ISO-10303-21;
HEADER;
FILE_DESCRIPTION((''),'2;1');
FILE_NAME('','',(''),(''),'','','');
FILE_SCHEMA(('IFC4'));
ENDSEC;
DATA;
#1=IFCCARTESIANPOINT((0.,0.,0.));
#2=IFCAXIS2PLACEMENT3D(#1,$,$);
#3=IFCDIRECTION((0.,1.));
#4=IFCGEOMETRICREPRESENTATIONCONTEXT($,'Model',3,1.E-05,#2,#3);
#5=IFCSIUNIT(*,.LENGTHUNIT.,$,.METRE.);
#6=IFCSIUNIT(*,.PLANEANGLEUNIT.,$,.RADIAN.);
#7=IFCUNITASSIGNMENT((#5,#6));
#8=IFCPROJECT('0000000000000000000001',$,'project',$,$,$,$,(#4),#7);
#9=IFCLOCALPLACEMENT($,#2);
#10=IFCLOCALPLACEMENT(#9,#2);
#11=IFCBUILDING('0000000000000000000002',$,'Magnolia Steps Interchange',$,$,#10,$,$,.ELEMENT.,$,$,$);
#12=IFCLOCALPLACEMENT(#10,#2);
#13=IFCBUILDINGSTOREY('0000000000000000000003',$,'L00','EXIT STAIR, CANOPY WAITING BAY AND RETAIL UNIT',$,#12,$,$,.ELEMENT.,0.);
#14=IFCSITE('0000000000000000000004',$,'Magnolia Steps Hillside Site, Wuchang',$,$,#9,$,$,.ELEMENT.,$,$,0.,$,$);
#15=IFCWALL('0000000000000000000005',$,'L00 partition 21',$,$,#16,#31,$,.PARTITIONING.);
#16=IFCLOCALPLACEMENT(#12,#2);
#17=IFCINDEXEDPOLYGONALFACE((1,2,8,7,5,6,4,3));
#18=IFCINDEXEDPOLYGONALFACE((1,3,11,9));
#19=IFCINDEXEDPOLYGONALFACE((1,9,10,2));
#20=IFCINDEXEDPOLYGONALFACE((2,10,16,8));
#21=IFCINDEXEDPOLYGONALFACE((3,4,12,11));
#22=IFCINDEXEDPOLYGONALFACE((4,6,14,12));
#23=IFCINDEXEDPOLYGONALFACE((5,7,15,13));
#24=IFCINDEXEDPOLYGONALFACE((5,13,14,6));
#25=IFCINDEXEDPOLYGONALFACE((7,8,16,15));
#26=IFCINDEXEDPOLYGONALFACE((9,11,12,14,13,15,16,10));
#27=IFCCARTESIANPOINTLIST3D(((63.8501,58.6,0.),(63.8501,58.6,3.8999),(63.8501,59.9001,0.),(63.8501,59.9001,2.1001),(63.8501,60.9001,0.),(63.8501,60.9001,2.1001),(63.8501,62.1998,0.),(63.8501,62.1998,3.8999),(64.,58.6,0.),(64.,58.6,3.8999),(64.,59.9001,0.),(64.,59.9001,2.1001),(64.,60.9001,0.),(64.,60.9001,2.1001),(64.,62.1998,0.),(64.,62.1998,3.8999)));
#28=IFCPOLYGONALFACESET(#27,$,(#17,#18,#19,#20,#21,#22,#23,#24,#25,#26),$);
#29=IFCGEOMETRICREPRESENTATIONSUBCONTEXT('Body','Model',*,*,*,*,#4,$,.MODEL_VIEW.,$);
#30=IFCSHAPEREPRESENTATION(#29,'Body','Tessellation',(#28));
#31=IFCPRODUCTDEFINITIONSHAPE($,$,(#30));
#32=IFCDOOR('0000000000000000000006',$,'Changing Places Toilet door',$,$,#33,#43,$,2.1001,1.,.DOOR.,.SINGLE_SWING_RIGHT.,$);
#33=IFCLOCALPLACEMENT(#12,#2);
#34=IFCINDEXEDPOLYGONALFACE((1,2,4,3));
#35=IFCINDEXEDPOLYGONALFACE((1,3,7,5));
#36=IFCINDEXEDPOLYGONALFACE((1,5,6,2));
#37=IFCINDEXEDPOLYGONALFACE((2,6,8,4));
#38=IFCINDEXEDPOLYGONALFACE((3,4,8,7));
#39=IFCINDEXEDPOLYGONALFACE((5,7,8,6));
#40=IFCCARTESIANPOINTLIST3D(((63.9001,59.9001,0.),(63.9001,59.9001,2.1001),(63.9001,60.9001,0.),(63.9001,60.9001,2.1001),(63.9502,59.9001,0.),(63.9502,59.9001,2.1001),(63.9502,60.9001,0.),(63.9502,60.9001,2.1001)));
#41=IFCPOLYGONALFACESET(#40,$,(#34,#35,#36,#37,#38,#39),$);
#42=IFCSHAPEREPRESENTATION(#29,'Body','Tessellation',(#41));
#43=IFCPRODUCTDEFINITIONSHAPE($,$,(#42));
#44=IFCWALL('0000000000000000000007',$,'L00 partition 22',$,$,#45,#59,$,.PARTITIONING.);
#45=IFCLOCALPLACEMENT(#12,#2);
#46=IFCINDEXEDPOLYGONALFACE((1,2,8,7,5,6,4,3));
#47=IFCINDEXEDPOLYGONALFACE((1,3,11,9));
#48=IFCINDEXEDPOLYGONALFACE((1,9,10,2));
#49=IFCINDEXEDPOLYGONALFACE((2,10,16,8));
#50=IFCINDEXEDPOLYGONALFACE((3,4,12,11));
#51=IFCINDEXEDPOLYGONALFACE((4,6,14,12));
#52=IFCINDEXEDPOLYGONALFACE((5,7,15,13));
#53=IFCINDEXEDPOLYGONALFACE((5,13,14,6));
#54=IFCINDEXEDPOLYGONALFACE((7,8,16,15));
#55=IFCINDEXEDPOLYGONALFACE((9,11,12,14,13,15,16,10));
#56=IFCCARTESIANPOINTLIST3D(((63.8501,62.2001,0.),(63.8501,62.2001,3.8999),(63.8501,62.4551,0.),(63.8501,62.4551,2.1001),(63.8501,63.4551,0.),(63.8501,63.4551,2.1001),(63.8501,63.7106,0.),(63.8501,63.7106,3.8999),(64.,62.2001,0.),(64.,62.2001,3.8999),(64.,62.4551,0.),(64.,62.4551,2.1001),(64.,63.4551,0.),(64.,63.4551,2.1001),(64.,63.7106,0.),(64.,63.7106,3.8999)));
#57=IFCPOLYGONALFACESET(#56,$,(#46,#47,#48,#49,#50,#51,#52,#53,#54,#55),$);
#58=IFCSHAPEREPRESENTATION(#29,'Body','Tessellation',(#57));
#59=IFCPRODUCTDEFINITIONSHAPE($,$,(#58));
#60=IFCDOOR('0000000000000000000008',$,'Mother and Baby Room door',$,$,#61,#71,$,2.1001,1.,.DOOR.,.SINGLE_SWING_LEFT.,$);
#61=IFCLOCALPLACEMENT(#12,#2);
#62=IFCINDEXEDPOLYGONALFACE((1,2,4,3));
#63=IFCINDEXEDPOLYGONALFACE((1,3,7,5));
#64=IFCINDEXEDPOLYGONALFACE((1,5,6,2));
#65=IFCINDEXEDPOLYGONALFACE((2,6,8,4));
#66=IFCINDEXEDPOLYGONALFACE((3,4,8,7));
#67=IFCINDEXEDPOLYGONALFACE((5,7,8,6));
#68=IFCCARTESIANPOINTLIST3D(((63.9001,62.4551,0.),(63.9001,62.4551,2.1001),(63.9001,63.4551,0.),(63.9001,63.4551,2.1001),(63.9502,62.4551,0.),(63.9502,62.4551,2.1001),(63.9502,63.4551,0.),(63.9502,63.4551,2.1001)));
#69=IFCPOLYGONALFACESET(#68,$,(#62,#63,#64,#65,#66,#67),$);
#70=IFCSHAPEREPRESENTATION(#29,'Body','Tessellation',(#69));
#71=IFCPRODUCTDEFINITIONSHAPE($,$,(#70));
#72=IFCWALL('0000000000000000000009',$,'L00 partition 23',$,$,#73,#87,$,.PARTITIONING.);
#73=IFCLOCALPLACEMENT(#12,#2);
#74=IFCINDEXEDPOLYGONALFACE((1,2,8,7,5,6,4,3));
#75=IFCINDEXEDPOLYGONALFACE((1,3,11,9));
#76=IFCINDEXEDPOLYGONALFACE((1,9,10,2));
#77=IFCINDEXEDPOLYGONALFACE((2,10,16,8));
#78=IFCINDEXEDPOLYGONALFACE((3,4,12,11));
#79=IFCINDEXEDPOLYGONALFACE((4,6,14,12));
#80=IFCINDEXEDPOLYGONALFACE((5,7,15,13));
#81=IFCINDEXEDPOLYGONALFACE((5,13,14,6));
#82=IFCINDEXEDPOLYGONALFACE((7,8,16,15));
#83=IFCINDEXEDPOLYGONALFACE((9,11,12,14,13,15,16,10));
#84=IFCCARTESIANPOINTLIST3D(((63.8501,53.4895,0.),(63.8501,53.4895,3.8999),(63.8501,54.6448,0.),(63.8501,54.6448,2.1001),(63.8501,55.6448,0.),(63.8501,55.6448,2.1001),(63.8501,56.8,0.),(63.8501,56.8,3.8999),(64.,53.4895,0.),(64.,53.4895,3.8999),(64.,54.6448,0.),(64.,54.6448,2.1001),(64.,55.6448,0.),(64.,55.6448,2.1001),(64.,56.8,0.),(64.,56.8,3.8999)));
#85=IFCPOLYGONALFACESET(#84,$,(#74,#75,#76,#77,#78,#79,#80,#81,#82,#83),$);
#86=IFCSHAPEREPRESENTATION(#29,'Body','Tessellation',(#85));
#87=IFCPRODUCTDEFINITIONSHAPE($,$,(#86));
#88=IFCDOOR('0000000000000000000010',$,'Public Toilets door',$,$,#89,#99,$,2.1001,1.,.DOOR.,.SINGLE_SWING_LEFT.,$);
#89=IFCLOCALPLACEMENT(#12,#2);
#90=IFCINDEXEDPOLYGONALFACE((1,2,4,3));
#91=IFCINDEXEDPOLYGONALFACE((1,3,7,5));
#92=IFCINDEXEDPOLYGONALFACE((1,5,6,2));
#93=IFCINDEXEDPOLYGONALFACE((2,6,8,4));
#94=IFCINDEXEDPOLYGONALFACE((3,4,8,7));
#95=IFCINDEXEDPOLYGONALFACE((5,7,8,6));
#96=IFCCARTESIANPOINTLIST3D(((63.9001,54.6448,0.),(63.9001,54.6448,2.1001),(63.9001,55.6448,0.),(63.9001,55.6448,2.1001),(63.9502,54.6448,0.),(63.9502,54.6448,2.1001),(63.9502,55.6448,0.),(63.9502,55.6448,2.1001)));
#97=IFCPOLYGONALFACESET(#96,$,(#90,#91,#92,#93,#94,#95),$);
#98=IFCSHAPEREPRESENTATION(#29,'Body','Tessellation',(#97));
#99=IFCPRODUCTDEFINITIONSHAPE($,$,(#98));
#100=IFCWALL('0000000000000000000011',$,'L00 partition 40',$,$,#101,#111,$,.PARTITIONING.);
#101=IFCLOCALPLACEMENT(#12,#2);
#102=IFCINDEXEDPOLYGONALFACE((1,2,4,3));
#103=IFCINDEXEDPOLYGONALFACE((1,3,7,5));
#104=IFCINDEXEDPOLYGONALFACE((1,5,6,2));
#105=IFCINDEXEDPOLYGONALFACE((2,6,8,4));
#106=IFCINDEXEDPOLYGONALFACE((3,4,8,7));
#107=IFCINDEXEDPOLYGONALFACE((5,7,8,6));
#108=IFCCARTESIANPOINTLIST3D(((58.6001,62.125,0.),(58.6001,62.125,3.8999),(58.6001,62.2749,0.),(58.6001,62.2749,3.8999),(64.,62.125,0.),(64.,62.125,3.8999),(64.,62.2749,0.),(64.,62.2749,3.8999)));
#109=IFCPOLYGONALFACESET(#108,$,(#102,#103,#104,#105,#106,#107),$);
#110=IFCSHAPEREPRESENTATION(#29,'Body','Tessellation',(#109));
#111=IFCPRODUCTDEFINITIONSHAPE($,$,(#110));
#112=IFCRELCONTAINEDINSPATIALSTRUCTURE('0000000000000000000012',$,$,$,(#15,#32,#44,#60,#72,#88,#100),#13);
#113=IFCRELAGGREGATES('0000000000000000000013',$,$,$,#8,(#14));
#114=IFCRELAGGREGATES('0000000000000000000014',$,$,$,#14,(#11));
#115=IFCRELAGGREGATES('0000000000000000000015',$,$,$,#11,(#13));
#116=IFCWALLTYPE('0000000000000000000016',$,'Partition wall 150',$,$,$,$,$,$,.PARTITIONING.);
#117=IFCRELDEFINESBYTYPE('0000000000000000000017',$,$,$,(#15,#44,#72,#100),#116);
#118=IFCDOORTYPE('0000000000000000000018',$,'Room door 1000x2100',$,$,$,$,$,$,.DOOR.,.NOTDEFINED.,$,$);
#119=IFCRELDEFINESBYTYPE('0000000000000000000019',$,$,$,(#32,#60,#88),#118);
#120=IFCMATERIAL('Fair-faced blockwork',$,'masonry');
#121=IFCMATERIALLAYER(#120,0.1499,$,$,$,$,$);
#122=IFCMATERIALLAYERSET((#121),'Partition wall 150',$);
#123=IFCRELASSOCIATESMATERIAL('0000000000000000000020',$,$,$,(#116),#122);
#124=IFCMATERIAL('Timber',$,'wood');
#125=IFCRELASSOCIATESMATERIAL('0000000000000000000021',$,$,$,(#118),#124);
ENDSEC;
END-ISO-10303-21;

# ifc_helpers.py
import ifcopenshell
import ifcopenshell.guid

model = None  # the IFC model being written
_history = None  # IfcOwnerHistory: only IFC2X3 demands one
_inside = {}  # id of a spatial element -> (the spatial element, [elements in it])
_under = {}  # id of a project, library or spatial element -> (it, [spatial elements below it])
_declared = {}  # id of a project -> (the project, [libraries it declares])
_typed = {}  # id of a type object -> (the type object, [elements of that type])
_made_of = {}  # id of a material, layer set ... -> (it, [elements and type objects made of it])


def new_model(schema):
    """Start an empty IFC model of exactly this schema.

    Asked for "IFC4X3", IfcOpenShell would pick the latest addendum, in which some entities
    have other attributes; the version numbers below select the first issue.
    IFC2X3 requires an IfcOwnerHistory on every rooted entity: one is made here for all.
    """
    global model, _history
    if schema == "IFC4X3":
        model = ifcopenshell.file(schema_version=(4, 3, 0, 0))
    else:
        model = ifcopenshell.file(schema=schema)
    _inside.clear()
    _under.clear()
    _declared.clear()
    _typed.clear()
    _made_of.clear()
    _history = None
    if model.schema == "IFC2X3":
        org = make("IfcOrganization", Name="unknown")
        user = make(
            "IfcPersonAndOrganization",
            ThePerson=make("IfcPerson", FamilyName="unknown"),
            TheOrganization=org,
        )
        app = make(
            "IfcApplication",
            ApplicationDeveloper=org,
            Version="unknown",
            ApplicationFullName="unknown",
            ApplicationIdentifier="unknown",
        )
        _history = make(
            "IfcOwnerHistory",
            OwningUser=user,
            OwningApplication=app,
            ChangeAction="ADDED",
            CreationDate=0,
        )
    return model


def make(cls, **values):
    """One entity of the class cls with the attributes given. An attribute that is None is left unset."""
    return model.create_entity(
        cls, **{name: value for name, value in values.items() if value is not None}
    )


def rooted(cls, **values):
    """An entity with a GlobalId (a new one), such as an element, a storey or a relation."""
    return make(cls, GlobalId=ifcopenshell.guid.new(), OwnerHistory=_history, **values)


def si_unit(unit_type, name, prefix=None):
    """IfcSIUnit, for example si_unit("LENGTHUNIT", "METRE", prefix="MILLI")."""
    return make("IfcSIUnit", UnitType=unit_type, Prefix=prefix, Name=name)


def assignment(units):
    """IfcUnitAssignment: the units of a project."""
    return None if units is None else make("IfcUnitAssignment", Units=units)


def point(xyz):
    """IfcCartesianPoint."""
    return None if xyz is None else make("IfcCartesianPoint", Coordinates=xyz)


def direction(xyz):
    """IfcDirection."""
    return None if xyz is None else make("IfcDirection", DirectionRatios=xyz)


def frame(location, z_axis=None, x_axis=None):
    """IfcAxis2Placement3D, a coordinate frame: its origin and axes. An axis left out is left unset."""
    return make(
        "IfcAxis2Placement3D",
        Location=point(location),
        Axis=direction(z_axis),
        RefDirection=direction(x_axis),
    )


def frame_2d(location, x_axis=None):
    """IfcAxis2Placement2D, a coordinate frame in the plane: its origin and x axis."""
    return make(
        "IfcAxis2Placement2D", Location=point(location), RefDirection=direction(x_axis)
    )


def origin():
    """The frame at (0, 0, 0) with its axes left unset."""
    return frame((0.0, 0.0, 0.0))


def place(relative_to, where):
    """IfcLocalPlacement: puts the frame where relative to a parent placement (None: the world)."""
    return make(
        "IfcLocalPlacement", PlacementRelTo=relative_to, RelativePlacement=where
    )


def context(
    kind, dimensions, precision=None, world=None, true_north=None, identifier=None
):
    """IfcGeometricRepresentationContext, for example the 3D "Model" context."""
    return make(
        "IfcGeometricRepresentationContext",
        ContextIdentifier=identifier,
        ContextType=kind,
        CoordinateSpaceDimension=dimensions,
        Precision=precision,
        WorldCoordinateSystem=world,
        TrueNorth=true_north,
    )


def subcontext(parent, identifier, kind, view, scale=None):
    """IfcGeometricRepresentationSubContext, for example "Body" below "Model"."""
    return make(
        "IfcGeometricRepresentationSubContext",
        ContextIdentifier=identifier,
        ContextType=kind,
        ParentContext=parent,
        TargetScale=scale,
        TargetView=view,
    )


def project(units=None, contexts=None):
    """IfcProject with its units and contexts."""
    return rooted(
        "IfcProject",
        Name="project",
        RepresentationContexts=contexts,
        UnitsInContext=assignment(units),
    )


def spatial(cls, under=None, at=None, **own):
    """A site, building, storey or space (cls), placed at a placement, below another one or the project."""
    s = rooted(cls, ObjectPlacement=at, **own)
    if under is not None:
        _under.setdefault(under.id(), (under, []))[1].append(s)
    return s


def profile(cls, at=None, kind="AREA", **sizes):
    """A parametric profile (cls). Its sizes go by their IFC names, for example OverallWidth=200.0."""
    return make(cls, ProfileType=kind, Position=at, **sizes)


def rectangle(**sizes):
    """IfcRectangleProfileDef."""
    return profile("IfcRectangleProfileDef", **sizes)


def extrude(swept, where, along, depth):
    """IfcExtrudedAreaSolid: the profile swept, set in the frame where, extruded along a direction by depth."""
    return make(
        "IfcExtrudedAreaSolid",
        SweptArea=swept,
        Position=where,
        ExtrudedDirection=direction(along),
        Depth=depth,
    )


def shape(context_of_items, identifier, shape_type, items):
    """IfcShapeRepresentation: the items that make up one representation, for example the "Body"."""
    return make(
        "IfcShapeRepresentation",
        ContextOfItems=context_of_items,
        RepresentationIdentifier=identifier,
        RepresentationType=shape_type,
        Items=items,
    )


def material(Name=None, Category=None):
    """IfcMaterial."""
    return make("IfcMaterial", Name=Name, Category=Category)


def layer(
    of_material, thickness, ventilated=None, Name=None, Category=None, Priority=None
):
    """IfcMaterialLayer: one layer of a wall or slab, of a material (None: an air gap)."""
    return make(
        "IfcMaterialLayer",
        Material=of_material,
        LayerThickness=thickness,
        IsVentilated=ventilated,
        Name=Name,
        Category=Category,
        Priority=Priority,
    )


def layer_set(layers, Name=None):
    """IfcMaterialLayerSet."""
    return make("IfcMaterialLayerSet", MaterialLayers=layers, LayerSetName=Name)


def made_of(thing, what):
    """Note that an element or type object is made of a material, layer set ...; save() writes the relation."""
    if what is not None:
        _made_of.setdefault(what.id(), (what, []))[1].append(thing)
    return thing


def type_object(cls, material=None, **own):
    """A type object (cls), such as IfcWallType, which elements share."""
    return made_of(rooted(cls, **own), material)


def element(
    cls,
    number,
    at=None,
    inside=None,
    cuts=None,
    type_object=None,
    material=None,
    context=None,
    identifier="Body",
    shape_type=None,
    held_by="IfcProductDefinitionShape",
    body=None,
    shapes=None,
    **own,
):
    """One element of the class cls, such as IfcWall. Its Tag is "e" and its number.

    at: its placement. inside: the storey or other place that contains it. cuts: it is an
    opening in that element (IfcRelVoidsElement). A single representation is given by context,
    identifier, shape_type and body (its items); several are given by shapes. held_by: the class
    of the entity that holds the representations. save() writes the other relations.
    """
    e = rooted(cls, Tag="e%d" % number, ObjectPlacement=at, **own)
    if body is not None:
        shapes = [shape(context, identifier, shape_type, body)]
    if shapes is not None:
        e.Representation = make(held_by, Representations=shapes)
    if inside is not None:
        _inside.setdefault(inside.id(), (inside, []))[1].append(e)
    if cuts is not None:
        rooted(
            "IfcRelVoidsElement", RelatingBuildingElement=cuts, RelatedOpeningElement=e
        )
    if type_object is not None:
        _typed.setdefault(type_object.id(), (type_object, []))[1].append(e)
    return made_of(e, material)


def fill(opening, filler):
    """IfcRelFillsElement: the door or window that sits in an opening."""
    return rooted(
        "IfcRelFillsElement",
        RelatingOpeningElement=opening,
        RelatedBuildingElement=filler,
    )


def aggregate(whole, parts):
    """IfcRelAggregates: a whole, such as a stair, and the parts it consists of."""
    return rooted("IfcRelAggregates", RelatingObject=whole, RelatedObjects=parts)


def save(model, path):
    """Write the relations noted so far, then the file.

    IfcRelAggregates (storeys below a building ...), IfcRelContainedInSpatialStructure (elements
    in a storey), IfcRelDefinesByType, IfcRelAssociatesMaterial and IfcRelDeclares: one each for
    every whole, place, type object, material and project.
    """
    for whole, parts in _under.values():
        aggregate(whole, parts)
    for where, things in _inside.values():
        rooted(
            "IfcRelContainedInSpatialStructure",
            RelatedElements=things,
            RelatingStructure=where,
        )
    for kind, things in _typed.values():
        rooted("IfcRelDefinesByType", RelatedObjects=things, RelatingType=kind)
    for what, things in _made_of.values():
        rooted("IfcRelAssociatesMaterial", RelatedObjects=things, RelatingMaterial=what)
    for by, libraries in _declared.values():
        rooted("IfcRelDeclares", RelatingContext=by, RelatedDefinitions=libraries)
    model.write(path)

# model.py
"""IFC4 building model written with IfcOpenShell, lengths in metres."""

from ifc_helpers import new_model, si_unit, direction, frame, frame_2d, origin, place, context, subcontext, project, spatial, rectangle, extrude, material, layer, layer_set, type_object, element, fill, save


model = new_model("IFC4")

# Units and contexts
model_context = context("Model", 3, precision=1e-05, world=origin(), true_north=direction((0.0, 1.0)))
body_context = subcontext(model_context, "Body", "Model", "MODEL_VIEW")
ifc_project = project(units=[si_unit("LENGTHUNIT", "METRE"), si_unit("PLANEANGLEUNIT", "RADIAN")], contexts=[model_context])

# Site, building, storey
site_placement = place(None, origin())
site = spatial("IfcSite", under=ifc_project, at=site_placement, Name="Magnolia Steps Hillside Site, Wuchang", CompositionType="ELEMENT", RefElevation=0.0)
building_placement = place(site_placement, origin())
building = spatial("IfcBuilding", under=site, at=building_placement, Name="Magnolia Steps Interchange", CompositionType="ELEMENT")
storey_placement = place(building_placement, origin())
storey = spatial("IfcBuildingStorey", under=building, at=storey_placement, Name="L00", Description="EXIT STAIR, CANOPY WAITING BAY AND RETAIL UNIT", CompositionType="ELEMENT", Elevation=0.0)

# Shared definitions
ifc_material_1 = material(Name="Fair-faced blockwork", Category="masonry")
ifc_layer_1 = layer(ifc_material_1, 0.1499)
ifc_layer_set_1 = layer_set([ifc_layer_1], Name="Partition wall 150")
wall_type_1 = type_object("IfcWallType", Name="Partition wall 150", PredefinedType="PARTITIONING", material=ifc_layer_set_1)

# Walls, openings, doors
wall_1_placement = place(storey_placement, frame((63.925, 58.6001, 0.0), z_axis=(0.0, 0.0, 1.0), x_axis=(0.0, 1.0, 0.0)))
wall_1 = element("IfcWall", 1, at=wall_1_placement, inside=storey, type_object=wall_type_1, Name="L00 partition 21", PredefinedType="PARTITIONING", context=body_context, shape_type="SweptSolid", body=[
    extrude(rectangle(XDim=3.5999, YDim=0.1499, at=frame_2d((1.7998, 0.0))), origin(), (0.0, 0.0, 1.0), 3.8999),
])
opening_1_placement = place(wall_1_placement, frame((1.3, 0.0, 0.0)))
opening_1 = element("IfcOpeningElement", 2, at=opening_1_placement, cuts=wall_1, PredefinedType="OPENING", context=body_context, shape_type="SweptSolid", body=[
    extrude(rectangle(XDim=1.0, YDim=2.1001, at=frame_2d((0.5, 1.05))), frame((0.0, 0.085, 0.0), z_axis=(0.0, -1.0, 0.0), x_axis=(1.0, 0.0, 0.0)), (0.0, 0.0, 1.0), 0.1699),
])
ifc_material_2 = material(Name="Timber", Category="wood")
door_type = type_object("IfcDoorType", Name="Room door 1000x2100", OperationType="NOTDEFINED", PredefinedType="DOOR", material=ifc_material_2)
door_1_placement = place(opening_1_placement, origin())
door_1 = element("IfcDoor", 3, at=door_1_placement, inside=storey, type_object=door_type, Name="Changing Places Toilet door", OperationType="SINGLE_SWING_RIGHT", OverallHeight=2.1001, OverallWidth=1.0, PredefinedType="DOOR", context=body_context, shape_type="SweptSolid", body=[
    extrude(rectangle(XDim=1.0, YDim=2.1001, at=frame_2d((0.5, 1.05))), frame((0.0, 0.0249, 0.0), z_axis=(0.0, -1.0, 0.0), x_axis=(1.0, 0.0, 0.0)), (0.0, 0.0, 1.0), 0.05),
])
fill(opening_1, door_1)
wall_2_placement = place(storey_placement, frame((63.925, 62.2, 0.0), z_axis=(0.0, 0.0, 1.0), x_axis=(0.0, 1.0, 0.0)))
wall_2 = element("IfcWall", 4, at=wall_2_placement, inside=storey, type_object=wall_type_1, Name="L00 partition 22", PredefinedType="PARTITIONING", context=body_context, shape_type="SweptSolid", body=[
    extrude(rectangle(XDim=1.5105, YDim=0.1499, at=frame_2d((0.7554, 0.0))), origin(), (0.0, 0.0, 1.0), 3.8999),
])
opening_2_placement = place(wall_2_placement, frame((0.2551, 0.0, 0.0)))
opening_2 = element("IfcOpeningElement", 5, at=opening_2_placement, cuts=wall_2, PredefinedType="OPENING", context=body_context, shape_type="SweptSolid", body=[
    extrude(rectangle(XDim=1.0, YDim=2.1001, at=frame_2d((0.5, 1.05))), frame((0.0, 0.085, 0.0), z_axis=(0.0, -1.0, 0.0), x_axis=(1.0, 0.0, 0.0)), (0.0, 0.0, 1.0), 0.1699),
])
door_2_placement = place(opening_2_placement, origin())
door_2 = element("IfcDoor", 6, at=door_2_placement, inside=storey, type_object=door_type, Name="Mother and Baby Room door", OperationType="SINGLE_SWING_LEFT", OverallHeight=2.1001, OverallWidth=1.0, PredefinedType="DOOR", context=body_context, shape_type="SweptSolid", body=[
    extrude(rectangle(XDim=1.0, YDim=2.1001, at=frame_2d((0.5, 1.05))), frame((0.0, 0.0249, 0.0), z_axis=(0.0, -1.0, 0.0), x_axis=(1.0, 0.0, 0.0)), (0.0, 0.0, 1.0), 0.05),
])
fill(opening_2, door_2)
wall_3_placement = place(storey_placement, frame((63.925, 53.4895, 0.0), z_axis=(0.0, 0.0, 1.0), x_axis=(0.0, 1.0, 0.0)))
wall_3 = element("IfcWall", 7, at=wall_3_placement, inside=storey, type_object=wall_type_1, Name="L00 partition 23", PredefinedType="PARTITIONING", context=body_context, shape_type="SweptSolid", body=[
    extrude(rectangle(XDim=3.3105, YDim=0.1499, at=frame_2d((1.6553, 0.0))), origin(), (0.0, 0.0, 1.0), 3.8999),
])
opening_3_placement = place(wall_3_placement, frame((1.1553, 0.0, 0.0)))
opening_3 = element("IfcOpeningElement", 8, at=opening_3_placement, cuts=wall_3, PredefinedType="OPENING", context=body_context, shape_type="SweptSolid", body=[
    extrude(rectangle(XDim=1.0, YDim=2.1001, at=frame_2d((0.5, 1.05))), frame((0.0, 0.085, 0.0), z_axis=(0.0, -1.0, 0.0), x_axis=(1.0, 0.0, 0.0)), (0.0, 0.0, 1.0), 0.1699),
])
door_3_placement = place(opening_3_placement, origin())
door_3 = element("IfcDoor", 9, at=door_3_placement, inside=storey, type_object=door_type, Name="Public Toilets door", OperationType="SINGLE_SWING_LEFT", OverallHeight=2.1001, OverallWidth=1.0, PredefinedType="DOOR", context=body_context, shape_type="SweptSolid", body=[
    extrude(rectangle(XDim=1.0, YDim=2.1001, at=frame_2d((0.5, 1.05))), frame((0.0, 0.0249, 0.0), z_axis=(0.0, -1.0, 0.0), x_axis=(1.0, 0.0, 0.0)), (0.0, 0.0, 1.0), 0.05),
])
fill(opening_3, door_3)

# Wall
wall_4_placement = place(storey_placement, frame((58.6001, 62.2, 0.0), z_axis=(0.0, 0.0, 1.0), x_axis=(1.0, 0.0, 0.0)))
element("IfcWall", 10, at=wall_4_placement, inside=storey, type_object=wall_type_1, Name="L00 partition 40", PredefinedType="PARTITIONING", context=body_context, shape_type="SweptSolid", body=[
    extrude(rectangle(XDim=5.3999, YDim=0.1499, at=frame_2d((2.7, 0.0))), origin(), (0.0, 0.0, 1.0), 3.8999),
])

save(model, "model.ifc")
